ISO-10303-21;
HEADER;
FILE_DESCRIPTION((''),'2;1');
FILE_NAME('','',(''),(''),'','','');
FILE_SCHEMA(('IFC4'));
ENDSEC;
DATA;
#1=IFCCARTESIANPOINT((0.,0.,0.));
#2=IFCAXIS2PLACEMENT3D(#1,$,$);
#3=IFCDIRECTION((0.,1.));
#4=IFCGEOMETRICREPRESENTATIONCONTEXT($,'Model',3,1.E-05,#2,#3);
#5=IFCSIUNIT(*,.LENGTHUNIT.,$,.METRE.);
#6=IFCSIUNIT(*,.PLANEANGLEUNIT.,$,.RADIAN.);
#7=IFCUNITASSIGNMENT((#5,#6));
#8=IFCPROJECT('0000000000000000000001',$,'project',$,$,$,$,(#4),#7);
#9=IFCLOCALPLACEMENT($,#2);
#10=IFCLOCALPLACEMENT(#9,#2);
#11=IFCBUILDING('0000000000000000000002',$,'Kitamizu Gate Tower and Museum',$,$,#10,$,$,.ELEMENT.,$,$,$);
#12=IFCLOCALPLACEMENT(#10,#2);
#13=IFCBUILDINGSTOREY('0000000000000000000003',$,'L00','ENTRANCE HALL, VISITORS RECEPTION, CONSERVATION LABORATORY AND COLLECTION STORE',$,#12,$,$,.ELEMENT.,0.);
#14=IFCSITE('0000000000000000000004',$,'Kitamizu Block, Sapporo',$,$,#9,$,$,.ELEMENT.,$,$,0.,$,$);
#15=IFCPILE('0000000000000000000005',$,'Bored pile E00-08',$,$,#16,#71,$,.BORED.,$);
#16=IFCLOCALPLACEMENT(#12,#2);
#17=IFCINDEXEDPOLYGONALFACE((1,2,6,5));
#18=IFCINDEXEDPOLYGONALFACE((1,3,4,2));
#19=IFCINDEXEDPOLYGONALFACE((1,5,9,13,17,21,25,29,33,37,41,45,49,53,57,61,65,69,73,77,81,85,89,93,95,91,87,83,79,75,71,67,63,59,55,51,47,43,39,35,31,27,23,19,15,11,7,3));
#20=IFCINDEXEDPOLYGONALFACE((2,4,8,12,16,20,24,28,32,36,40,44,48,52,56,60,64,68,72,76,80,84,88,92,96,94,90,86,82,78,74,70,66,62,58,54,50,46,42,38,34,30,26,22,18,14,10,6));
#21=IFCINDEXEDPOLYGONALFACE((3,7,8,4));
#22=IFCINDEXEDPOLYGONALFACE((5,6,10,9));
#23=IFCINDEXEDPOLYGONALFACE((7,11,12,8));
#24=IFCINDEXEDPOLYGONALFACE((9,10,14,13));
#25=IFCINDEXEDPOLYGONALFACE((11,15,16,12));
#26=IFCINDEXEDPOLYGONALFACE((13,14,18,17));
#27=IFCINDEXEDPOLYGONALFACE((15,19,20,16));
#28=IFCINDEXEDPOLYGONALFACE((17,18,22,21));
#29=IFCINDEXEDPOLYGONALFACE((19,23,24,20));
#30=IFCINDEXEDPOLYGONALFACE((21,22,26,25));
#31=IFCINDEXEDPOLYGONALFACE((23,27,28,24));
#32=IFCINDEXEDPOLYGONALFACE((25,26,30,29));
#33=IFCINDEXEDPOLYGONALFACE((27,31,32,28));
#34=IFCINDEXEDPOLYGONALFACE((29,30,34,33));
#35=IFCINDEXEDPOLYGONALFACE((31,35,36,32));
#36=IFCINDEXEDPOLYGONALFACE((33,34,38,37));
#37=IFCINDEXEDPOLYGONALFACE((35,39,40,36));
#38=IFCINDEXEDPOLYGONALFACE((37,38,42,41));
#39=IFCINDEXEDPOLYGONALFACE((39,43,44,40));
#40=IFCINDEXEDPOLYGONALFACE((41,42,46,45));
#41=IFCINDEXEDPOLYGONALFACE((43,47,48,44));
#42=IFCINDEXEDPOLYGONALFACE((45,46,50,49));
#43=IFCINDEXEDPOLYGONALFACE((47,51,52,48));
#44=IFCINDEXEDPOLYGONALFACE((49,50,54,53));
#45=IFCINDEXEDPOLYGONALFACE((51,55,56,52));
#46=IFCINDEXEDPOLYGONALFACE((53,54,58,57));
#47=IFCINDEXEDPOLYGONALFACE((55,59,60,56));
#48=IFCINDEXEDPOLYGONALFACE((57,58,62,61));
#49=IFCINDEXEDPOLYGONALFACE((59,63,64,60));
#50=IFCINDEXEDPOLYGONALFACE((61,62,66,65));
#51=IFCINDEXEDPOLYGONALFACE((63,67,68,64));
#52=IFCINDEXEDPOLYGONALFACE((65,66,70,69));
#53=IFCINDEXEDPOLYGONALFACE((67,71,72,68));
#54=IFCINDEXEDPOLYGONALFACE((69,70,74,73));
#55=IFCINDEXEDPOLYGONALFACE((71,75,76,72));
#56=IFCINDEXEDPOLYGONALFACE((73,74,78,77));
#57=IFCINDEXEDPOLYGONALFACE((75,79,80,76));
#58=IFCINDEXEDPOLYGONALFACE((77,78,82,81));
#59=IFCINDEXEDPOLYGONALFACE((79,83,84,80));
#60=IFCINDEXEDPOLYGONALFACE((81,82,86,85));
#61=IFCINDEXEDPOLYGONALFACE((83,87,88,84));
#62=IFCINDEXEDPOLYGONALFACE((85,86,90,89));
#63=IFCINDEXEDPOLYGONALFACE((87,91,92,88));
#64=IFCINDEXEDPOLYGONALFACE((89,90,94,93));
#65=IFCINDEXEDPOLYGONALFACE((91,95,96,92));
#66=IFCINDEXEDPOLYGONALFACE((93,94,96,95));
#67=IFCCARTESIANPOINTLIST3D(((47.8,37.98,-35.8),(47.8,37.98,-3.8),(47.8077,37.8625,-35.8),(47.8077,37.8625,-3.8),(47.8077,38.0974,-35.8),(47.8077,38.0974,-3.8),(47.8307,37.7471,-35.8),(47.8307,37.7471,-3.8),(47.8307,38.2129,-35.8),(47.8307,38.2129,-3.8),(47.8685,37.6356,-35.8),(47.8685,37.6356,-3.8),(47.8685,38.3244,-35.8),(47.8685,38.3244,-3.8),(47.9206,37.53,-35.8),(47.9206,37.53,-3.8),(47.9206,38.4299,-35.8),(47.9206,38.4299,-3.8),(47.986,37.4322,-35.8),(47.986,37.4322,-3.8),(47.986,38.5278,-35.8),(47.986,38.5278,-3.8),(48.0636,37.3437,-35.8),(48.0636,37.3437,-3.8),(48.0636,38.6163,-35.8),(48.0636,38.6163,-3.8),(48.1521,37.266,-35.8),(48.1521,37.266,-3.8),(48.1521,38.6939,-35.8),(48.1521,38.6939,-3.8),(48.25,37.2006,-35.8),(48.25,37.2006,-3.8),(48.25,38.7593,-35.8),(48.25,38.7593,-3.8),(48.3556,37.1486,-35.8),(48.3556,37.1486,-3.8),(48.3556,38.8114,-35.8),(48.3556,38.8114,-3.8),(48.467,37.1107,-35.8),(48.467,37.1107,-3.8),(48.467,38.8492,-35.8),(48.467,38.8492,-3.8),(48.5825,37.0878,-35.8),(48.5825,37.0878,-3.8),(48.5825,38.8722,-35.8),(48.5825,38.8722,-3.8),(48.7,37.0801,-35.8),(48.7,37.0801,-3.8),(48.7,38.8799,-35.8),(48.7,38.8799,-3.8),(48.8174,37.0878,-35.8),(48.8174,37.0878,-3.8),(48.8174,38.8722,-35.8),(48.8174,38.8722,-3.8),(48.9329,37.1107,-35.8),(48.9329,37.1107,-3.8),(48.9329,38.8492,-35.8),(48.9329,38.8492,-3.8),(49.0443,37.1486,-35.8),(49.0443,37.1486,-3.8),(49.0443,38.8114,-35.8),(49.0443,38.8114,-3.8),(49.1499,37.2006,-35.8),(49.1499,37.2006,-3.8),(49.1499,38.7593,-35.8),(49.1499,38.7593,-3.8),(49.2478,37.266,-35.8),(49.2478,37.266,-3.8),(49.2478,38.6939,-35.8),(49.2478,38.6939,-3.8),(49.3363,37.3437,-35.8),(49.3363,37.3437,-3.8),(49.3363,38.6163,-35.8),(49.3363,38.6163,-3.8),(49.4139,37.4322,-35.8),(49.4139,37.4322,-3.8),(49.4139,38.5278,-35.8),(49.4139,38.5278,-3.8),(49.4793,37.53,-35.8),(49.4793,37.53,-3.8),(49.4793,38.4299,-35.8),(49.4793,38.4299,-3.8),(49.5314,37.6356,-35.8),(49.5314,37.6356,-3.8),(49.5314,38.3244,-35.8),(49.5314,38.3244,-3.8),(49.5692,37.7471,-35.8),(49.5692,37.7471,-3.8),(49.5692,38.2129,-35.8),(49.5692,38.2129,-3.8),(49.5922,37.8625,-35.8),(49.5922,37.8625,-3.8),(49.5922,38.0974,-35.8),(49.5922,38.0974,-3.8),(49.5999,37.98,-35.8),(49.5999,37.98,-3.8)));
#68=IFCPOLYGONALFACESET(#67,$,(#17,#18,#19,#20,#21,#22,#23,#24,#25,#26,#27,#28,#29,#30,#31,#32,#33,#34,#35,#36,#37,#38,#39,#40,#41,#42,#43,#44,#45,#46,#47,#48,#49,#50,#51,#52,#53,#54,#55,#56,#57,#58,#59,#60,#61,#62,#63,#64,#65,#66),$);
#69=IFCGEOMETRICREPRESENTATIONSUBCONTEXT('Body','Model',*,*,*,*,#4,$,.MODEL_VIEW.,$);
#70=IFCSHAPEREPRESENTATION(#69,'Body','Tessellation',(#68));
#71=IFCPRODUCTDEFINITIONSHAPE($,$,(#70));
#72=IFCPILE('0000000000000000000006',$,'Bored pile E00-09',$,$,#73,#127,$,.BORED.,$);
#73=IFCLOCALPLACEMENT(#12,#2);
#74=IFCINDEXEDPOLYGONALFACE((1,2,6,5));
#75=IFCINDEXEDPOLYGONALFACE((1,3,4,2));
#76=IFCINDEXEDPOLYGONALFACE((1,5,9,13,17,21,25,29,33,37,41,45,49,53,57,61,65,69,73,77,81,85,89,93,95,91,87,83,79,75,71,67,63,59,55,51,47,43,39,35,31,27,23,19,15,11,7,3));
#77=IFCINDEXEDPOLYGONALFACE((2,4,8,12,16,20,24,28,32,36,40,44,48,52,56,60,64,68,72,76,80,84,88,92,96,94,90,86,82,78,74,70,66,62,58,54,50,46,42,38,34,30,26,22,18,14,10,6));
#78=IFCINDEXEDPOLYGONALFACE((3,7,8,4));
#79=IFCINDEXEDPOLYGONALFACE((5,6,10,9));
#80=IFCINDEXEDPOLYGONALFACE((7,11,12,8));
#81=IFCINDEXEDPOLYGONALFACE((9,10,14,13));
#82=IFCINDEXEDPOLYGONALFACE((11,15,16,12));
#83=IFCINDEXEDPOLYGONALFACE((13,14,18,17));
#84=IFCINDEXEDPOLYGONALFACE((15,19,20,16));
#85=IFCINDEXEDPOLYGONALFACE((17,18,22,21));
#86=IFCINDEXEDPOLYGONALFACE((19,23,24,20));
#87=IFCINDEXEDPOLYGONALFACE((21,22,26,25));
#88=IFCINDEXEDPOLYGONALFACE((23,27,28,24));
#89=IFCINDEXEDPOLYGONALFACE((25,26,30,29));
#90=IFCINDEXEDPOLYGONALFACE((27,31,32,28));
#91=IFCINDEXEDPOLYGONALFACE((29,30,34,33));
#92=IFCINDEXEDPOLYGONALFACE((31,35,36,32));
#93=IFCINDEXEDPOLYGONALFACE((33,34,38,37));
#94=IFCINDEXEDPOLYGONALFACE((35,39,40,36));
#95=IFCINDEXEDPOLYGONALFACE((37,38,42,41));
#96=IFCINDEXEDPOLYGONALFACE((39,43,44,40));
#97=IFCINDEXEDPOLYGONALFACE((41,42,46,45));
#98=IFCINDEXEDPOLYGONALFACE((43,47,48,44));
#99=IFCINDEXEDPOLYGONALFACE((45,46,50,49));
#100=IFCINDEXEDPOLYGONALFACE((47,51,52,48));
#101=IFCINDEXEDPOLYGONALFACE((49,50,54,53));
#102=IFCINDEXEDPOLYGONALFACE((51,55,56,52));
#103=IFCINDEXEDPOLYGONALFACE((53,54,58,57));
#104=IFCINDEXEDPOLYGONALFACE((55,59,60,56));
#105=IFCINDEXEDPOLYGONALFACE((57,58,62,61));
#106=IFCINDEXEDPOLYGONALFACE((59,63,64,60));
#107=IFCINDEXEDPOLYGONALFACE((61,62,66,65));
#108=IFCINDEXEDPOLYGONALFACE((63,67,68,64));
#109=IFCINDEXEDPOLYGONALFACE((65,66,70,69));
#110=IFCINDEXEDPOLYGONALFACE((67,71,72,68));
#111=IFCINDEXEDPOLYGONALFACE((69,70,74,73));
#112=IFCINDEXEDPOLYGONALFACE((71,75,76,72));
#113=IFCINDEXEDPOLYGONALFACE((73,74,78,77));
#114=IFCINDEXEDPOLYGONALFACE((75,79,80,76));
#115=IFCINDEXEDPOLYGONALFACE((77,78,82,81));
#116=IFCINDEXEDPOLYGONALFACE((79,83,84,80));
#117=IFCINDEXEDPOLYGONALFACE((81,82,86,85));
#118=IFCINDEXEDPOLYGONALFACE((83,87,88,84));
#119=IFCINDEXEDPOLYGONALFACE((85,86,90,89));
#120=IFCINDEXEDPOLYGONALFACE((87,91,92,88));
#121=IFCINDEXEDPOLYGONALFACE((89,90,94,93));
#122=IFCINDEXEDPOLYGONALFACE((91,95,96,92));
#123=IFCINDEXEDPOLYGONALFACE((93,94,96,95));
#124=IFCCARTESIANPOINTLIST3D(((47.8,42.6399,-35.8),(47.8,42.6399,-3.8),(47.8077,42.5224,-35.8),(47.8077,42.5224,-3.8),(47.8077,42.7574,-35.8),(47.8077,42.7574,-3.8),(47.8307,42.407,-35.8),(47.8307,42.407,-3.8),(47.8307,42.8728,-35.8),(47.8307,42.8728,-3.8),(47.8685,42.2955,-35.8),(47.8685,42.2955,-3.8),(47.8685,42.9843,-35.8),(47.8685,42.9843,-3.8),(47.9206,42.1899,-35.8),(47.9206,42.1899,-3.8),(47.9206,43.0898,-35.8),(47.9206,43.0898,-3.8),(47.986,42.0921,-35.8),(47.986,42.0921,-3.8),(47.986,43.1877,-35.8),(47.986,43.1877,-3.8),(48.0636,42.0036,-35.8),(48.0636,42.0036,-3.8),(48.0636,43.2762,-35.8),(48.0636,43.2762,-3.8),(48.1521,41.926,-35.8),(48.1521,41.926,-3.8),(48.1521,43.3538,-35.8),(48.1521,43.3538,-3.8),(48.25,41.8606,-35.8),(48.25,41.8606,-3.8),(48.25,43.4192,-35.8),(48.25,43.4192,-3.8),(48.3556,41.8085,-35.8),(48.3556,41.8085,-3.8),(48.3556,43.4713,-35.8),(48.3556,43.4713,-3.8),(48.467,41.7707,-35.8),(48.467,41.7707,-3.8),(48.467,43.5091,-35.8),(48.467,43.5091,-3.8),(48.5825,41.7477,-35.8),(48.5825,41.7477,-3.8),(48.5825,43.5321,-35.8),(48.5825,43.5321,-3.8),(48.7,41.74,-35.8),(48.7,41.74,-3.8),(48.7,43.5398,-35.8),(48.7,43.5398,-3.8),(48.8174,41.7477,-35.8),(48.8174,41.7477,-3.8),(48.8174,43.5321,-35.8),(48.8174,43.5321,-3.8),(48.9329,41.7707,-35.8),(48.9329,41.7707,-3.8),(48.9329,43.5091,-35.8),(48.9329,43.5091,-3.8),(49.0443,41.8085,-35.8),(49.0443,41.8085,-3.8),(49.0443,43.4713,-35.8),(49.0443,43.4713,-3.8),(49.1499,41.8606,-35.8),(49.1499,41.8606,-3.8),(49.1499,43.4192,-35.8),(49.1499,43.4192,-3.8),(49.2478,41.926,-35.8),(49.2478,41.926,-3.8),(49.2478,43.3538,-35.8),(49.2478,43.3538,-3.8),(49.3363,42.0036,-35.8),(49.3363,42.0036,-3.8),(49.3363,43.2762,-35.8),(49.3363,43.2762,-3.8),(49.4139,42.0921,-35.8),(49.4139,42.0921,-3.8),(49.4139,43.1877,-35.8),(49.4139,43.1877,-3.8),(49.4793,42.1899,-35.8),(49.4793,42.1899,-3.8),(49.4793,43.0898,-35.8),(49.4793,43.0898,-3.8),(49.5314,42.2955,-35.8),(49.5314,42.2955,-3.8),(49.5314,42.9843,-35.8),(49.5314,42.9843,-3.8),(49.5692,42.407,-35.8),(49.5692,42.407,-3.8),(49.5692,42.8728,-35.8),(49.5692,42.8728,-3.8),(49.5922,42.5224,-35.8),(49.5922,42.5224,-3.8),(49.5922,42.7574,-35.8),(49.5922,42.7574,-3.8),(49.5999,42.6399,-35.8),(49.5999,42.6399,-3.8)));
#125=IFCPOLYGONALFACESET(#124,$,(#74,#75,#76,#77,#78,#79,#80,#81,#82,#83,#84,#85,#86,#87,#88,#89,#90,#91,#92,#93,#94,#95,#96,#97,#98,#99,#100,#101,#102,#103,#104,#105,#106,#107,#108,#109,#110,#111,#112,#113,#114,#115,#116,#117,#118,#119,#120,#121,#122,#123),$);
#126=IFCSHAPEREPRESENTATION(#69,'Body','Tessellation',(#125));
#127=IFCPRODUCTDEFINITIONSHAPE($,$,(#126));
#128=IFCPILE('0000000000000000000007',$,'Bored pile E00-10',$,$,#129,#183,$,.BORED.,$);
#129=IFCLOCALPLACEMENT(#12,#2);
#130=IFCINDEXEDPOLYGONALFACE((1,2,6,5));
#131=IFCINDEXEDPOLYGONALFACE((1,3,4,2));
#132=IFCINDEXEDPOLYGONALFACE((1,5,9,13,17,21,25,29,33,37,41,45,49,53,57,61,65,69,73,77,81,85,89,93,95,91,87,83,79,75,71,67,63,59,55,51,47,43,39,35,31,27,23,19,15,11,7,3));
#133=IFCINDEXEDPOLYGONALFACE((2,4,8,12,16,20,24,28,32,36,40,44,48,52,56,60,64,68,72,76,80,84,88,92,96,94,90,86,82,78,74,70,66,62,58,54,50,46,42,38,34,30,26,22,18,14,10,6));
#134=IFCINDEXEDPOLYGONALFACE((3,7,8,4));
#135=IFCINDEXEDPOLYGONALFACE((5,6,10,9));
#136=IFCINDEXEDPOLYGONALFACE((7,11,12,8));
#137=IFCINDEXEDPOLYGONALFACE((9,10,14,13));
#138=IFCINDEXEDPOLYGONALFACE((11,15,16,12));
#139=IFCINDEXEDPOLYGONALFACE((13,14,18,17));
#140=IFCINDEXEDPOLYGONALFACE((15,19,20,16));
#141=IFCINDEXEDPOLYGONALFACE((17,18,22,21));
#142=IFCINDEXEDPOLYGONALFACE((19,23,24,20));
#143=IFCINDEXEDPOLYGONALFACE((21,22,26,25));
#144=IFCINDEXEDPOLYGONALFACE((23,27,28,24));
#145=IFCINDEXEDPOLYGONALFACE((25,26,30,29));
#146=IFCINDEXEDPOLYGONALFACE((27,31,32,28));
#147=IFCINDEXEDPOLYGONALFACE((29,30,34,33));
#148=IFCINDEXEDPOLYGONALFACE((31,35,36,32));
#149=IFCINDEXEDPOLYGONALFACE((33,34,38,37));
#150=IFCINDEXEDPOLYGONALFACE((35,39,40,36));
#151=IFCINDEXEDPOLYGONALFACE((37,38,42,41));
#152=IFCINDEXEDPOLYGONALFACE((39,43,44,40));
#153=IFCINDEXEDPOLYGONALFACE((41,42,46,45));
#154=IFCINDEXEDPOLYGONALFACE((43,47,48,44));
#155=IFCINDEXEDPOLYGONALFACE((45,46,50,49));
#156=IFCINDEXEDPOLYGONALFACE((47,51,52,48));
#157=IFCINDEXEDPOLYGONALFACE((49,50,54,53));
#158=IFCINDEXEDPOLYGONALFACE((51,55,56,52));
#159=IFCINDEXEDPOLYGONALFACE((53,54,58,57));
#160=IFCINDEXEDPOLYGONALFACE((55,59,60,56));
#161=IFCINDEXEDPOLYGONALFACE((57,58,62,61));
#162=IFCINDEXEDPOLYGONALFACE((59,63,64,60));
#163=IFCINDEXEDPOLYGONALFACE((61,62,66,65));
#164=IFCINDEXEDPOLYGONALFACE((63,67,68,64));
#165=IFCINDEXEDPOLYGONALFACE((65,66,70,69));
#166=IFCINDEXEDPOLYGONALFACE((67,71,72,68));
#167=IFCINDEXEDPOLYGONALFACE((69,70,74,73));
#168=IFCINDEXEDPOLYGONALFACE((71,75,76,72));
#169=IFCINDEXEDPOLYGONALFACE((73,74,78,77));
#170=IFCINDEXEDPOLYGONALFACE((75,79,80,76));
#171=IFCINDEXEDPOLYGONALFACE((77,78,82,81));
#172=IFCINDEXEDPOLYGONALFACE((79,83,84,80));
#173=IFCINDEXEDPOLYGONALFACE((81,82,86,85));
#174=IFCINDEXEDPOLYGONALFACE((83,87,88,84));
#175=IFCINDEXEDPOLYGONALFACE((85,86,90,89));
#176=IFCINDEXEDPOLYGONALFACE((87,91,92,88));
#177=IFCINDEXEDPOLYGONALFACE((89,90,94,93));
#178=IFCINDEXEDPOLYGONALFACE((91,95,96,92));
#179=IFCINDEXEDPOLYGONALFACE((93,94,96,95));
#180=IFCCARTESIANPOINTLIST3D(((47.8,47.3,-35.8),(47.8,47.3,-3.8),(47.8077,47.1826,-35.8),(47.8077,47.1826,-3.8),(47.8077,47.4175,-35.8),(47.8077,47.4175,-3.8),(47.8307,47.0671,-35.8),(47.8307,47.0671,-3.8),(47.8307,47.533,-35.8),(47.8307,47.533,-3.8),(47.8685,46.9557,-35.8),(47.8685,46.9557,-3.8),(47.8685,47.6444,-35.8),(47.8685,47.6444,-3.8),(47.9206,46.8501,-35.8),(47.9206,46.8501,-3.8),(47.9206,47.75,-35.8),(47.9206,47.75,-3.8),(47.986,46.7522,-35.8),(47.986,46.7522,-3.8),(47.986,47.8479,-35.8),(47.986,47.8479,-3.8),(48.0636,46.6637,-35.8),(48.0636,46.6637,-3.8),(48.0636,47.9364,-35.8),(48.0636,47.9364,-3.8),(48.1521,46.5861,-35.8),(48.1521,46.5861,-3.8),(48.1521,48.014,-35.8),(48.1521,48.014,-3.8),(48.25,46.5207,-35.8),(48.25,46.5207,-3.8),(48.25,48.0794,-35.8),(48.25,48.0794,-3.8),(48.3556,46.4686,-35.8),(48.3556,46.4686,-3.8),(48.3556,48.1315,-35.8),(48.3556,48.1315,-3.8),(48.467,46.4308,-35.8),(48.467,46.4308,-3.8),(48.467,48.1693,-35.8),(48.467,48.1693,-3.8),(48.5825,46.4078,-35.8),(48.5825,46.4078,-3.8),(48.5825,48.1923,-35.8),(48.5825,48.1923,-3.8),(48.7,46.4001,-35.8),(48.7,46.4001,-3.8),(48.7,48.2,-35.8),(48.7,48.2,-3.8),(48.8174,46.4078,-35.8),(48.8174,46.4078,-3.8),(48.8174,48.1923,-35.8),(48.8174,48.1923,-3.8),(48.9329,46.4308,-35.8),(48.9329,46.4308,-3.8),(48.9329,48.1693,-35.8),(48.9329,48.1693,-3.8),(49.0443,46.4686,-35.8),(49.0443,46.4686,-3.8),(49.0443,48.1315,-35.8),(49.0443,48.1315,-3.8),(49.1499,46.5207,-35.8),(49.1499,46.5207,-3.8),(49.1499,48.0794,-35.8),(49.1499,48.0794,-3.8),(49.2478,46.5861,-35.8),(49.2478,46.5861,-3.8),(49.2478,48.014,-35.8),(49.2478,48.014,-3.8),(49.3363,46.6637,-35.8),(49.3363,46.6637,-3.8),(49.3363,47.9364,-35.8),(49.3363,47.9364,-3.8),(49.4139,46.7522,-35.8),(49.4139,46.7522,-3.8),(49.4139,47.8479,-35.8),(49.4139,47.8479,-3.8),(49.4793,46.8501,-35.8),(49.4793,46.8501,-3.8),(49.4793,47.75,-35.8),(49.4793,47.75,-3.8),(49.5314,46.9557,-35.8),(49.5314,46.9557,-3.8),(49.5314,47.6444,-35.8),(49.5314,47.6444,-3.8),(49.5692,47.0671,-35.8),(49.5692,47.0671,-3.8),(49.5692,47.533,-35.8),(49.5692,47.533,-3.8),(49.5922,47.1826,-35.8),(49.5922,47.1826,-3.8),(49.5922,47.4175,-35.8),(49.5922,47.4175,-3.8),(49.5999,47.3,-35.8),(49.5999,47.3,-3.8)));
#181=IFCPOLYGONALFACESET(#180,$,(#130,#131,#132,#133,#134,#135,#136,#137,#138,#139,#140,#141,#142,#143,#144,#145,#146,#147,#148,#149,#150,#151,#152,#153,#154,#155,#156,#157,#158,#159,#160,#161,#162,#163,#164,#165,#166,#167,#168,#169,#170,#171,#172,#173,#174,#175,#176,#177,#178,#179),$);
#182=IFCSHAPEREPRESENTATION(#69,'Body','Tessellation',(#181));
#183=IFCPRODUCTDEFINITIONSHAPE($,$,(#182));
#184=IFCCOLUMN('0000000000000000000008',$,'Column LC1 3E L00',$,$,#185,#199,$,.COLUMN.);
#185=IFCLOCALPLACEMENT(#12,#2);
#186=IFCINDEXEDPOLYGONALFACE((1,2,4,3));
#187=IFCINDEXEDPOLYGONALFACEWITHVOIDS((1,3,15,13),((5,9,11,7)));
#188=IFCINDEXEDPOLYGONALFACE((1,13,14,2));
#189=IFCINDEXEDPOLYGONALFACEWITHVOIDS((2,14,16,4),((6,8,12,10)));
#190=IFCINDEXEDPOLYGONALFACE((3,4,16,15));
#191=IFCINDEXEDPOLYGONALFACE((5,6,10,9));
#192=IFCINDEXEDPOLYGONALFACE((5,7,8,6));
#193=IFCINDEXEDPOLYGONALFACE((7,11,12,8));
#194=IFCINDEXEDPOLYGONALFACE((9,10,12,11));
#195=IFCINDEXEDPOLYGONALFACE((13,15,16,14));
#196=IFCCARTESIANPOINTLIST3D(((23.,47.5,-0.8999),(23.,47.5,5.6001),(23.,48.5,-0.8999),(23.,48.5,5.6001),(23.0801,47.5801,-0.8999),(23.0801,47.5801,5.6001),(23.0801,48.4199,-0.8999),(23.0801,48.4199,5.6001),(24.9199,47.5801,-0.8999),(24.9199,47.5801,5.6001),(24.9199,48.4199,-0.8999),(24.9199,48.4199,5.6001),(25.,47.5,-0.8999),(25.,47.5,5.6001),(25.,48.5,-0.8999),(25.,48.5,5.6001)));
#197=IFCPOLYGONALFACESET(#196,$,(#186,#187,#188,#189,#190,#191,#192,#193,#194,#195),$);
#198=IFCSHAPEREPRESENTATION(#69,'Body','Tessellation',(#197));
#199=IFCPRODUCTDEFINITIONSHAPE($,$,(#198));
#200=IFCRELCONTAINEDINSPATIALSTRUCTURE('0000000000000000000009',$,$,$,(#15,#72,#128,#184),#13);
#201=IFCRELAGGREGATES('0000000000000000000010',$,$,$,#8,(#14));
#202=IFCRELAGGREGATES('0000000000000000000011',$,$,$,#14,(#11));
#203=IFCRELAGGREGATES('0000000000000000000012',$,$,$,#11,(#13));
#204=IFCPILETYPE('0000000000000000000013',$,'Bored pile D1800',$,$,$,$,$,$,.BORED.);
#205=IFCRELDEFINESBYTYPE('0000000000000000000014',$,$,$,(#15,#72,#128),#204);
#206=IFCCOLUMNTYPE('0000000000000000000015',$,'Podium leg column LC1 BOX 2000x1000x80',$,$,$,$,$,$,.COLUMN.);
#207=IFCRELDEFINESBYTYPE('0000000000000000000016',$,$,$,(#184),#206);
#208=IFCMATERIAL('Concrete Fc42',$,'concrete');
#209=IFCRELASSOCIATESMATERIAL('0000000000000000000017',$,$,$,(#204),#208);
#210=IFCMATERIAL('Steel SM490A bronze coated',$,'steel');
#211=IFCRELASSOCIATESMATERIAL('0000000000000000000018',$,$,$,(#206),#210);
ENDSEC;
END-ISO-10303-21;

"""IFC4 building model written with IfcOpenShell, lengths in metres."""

from ifc_helpers import new_model, si_unit, direction, frame, origin, origin_2d, place, context, subcontext, project, spatial, hollow_rectangle, circle, extrude, material, material_profile, profile_set, type_object, element, save


model = new_model("IFC4")

# Units and contexts
model_context = context("Model", 3, precision=1e-05, world=origin(), true_north=direction((0.0, 1.0)))
body_context = subcontext(model_context, "Body", "Model", "MODEL_VIEW")
ifc_project = project(units=[si_unit("LENGTHUNIT", "METRE"), si_unit("PLANEANGLEUNIT", "RADIAN")], contexts=[model_context])

# Site, building, storey
site_placement = place(None, origin())
site = spatial("IfcSite", under=ifc_project, at=site_placement, Name="Kitamizu Block, Sapporo", CompositionType="ELEMENT", RefElevation=0.0)
building_placement = place(site_placement, origin())
building = spatial("IfcBuilding", under=site, at=building_placement, Name="Kitamizu Gate Tower and Museum", CompositionType="ELEMENT")
storey_placement = place(building_placement, origin())
storey = spatial("IfcBuildingStorey", under=building, at=storey_placement, Name="L00", Description="ENTRANCE HALL, VISITORS RECEPTION, CONSERVATION LABORATORY AND COLLECTION STORE", CompositionType="ELEMENT", Elevation=0.0)

# Piles
ifc_material_1 = material(Name="Concrete Fc42", Category="concrete")
ifc_material_profile_1 = material_profile(ifc_material_1, circle(Radius=0.8999, at=origin_2d()), Name="Bored pile D1800")
ifc_profile_set_1 = profile_set([ifc_material_profile_1], Name="Concrete Fc42")
pile_type = type_object("IfcPileType", Name="Bored pile D1800", PredefinedType="BORED", material=ifc_profile_set_1)
for number, where, z_axis, x_axis, name in (
    (1, (48.7, 37.98, -3.8), (0.0, 0.0, -1.0), (1.0, 0.0, 0.0), "Bored pile E00-08"),
    (2, (48.7, 42.6399, -3.8), (0.0, 0.0, -1.0), (1.0, 0.0, 0.0), "Bored pile E00-09"),
    (3, (48.7, 47.3, -3.8), (0.0, 0.0, -1.0), (1.0, 0.0, 0.0), "Bored pile E00-10"),
):
    element("IfcPile", number, at=place(storey_placement, frame(where, z_axis=z_axis, x_axis=x_axis)), inside=storey, type_object=pile_type, Name=name, PredefinedType="BORED", context=body_context, shape_type="SweptSolid", body=[
        extrude(circle(Radius=0.8999, at=origin_2d()), origin(), (0.0, 0.0, 1.0), 32.0),
    ])

# Column
ifc_material_2 = material(Name="Steel SM490A bronze coated", Category="steel")
ifc_material_profile_2 = material_profile(ifc_material_2, hollow_rectangle(XDim=2.0, YDim=1.0, WallThickness=0.0801, at=origin_2d()), Name="BOX 2000x1000x80")
ifc_profile_set_2 = profile_set([ifc_material_profile_2], Name="Steel SM490A bronze coated")
column_type = type_object("IfcColumnType", Name="Podium leg column LC1 BOX 2000x1000x80", PredefinedType="COLUMN", material=ifc_profile_set_2)
for number, where, z_axis, x_axis, name in (
    (4, (24.0, 48.0, -0.8999), (0.0, 0.0, 1.0), (1.0, 0.0, 0.0), "Column LC1 3E L00"),
):
    element("IfcColumn", number, at=place(storey_placement, frame(where, z_axis=z_axis, x_axis=x_axis)), inside=storey, type_object=column_type, Name=name, PredefinedType="COLUMN", context=body_context, shape_type="SweptSolid", body=[
        extrude(hollow_rectangle(XDim=2.0, YDim=1.0, WallThickness=0.0801, at=origin_2d()), origin(), (0.0, 0.0, 1.0), 6.5),
    ])

save(model, "model.ifc")
